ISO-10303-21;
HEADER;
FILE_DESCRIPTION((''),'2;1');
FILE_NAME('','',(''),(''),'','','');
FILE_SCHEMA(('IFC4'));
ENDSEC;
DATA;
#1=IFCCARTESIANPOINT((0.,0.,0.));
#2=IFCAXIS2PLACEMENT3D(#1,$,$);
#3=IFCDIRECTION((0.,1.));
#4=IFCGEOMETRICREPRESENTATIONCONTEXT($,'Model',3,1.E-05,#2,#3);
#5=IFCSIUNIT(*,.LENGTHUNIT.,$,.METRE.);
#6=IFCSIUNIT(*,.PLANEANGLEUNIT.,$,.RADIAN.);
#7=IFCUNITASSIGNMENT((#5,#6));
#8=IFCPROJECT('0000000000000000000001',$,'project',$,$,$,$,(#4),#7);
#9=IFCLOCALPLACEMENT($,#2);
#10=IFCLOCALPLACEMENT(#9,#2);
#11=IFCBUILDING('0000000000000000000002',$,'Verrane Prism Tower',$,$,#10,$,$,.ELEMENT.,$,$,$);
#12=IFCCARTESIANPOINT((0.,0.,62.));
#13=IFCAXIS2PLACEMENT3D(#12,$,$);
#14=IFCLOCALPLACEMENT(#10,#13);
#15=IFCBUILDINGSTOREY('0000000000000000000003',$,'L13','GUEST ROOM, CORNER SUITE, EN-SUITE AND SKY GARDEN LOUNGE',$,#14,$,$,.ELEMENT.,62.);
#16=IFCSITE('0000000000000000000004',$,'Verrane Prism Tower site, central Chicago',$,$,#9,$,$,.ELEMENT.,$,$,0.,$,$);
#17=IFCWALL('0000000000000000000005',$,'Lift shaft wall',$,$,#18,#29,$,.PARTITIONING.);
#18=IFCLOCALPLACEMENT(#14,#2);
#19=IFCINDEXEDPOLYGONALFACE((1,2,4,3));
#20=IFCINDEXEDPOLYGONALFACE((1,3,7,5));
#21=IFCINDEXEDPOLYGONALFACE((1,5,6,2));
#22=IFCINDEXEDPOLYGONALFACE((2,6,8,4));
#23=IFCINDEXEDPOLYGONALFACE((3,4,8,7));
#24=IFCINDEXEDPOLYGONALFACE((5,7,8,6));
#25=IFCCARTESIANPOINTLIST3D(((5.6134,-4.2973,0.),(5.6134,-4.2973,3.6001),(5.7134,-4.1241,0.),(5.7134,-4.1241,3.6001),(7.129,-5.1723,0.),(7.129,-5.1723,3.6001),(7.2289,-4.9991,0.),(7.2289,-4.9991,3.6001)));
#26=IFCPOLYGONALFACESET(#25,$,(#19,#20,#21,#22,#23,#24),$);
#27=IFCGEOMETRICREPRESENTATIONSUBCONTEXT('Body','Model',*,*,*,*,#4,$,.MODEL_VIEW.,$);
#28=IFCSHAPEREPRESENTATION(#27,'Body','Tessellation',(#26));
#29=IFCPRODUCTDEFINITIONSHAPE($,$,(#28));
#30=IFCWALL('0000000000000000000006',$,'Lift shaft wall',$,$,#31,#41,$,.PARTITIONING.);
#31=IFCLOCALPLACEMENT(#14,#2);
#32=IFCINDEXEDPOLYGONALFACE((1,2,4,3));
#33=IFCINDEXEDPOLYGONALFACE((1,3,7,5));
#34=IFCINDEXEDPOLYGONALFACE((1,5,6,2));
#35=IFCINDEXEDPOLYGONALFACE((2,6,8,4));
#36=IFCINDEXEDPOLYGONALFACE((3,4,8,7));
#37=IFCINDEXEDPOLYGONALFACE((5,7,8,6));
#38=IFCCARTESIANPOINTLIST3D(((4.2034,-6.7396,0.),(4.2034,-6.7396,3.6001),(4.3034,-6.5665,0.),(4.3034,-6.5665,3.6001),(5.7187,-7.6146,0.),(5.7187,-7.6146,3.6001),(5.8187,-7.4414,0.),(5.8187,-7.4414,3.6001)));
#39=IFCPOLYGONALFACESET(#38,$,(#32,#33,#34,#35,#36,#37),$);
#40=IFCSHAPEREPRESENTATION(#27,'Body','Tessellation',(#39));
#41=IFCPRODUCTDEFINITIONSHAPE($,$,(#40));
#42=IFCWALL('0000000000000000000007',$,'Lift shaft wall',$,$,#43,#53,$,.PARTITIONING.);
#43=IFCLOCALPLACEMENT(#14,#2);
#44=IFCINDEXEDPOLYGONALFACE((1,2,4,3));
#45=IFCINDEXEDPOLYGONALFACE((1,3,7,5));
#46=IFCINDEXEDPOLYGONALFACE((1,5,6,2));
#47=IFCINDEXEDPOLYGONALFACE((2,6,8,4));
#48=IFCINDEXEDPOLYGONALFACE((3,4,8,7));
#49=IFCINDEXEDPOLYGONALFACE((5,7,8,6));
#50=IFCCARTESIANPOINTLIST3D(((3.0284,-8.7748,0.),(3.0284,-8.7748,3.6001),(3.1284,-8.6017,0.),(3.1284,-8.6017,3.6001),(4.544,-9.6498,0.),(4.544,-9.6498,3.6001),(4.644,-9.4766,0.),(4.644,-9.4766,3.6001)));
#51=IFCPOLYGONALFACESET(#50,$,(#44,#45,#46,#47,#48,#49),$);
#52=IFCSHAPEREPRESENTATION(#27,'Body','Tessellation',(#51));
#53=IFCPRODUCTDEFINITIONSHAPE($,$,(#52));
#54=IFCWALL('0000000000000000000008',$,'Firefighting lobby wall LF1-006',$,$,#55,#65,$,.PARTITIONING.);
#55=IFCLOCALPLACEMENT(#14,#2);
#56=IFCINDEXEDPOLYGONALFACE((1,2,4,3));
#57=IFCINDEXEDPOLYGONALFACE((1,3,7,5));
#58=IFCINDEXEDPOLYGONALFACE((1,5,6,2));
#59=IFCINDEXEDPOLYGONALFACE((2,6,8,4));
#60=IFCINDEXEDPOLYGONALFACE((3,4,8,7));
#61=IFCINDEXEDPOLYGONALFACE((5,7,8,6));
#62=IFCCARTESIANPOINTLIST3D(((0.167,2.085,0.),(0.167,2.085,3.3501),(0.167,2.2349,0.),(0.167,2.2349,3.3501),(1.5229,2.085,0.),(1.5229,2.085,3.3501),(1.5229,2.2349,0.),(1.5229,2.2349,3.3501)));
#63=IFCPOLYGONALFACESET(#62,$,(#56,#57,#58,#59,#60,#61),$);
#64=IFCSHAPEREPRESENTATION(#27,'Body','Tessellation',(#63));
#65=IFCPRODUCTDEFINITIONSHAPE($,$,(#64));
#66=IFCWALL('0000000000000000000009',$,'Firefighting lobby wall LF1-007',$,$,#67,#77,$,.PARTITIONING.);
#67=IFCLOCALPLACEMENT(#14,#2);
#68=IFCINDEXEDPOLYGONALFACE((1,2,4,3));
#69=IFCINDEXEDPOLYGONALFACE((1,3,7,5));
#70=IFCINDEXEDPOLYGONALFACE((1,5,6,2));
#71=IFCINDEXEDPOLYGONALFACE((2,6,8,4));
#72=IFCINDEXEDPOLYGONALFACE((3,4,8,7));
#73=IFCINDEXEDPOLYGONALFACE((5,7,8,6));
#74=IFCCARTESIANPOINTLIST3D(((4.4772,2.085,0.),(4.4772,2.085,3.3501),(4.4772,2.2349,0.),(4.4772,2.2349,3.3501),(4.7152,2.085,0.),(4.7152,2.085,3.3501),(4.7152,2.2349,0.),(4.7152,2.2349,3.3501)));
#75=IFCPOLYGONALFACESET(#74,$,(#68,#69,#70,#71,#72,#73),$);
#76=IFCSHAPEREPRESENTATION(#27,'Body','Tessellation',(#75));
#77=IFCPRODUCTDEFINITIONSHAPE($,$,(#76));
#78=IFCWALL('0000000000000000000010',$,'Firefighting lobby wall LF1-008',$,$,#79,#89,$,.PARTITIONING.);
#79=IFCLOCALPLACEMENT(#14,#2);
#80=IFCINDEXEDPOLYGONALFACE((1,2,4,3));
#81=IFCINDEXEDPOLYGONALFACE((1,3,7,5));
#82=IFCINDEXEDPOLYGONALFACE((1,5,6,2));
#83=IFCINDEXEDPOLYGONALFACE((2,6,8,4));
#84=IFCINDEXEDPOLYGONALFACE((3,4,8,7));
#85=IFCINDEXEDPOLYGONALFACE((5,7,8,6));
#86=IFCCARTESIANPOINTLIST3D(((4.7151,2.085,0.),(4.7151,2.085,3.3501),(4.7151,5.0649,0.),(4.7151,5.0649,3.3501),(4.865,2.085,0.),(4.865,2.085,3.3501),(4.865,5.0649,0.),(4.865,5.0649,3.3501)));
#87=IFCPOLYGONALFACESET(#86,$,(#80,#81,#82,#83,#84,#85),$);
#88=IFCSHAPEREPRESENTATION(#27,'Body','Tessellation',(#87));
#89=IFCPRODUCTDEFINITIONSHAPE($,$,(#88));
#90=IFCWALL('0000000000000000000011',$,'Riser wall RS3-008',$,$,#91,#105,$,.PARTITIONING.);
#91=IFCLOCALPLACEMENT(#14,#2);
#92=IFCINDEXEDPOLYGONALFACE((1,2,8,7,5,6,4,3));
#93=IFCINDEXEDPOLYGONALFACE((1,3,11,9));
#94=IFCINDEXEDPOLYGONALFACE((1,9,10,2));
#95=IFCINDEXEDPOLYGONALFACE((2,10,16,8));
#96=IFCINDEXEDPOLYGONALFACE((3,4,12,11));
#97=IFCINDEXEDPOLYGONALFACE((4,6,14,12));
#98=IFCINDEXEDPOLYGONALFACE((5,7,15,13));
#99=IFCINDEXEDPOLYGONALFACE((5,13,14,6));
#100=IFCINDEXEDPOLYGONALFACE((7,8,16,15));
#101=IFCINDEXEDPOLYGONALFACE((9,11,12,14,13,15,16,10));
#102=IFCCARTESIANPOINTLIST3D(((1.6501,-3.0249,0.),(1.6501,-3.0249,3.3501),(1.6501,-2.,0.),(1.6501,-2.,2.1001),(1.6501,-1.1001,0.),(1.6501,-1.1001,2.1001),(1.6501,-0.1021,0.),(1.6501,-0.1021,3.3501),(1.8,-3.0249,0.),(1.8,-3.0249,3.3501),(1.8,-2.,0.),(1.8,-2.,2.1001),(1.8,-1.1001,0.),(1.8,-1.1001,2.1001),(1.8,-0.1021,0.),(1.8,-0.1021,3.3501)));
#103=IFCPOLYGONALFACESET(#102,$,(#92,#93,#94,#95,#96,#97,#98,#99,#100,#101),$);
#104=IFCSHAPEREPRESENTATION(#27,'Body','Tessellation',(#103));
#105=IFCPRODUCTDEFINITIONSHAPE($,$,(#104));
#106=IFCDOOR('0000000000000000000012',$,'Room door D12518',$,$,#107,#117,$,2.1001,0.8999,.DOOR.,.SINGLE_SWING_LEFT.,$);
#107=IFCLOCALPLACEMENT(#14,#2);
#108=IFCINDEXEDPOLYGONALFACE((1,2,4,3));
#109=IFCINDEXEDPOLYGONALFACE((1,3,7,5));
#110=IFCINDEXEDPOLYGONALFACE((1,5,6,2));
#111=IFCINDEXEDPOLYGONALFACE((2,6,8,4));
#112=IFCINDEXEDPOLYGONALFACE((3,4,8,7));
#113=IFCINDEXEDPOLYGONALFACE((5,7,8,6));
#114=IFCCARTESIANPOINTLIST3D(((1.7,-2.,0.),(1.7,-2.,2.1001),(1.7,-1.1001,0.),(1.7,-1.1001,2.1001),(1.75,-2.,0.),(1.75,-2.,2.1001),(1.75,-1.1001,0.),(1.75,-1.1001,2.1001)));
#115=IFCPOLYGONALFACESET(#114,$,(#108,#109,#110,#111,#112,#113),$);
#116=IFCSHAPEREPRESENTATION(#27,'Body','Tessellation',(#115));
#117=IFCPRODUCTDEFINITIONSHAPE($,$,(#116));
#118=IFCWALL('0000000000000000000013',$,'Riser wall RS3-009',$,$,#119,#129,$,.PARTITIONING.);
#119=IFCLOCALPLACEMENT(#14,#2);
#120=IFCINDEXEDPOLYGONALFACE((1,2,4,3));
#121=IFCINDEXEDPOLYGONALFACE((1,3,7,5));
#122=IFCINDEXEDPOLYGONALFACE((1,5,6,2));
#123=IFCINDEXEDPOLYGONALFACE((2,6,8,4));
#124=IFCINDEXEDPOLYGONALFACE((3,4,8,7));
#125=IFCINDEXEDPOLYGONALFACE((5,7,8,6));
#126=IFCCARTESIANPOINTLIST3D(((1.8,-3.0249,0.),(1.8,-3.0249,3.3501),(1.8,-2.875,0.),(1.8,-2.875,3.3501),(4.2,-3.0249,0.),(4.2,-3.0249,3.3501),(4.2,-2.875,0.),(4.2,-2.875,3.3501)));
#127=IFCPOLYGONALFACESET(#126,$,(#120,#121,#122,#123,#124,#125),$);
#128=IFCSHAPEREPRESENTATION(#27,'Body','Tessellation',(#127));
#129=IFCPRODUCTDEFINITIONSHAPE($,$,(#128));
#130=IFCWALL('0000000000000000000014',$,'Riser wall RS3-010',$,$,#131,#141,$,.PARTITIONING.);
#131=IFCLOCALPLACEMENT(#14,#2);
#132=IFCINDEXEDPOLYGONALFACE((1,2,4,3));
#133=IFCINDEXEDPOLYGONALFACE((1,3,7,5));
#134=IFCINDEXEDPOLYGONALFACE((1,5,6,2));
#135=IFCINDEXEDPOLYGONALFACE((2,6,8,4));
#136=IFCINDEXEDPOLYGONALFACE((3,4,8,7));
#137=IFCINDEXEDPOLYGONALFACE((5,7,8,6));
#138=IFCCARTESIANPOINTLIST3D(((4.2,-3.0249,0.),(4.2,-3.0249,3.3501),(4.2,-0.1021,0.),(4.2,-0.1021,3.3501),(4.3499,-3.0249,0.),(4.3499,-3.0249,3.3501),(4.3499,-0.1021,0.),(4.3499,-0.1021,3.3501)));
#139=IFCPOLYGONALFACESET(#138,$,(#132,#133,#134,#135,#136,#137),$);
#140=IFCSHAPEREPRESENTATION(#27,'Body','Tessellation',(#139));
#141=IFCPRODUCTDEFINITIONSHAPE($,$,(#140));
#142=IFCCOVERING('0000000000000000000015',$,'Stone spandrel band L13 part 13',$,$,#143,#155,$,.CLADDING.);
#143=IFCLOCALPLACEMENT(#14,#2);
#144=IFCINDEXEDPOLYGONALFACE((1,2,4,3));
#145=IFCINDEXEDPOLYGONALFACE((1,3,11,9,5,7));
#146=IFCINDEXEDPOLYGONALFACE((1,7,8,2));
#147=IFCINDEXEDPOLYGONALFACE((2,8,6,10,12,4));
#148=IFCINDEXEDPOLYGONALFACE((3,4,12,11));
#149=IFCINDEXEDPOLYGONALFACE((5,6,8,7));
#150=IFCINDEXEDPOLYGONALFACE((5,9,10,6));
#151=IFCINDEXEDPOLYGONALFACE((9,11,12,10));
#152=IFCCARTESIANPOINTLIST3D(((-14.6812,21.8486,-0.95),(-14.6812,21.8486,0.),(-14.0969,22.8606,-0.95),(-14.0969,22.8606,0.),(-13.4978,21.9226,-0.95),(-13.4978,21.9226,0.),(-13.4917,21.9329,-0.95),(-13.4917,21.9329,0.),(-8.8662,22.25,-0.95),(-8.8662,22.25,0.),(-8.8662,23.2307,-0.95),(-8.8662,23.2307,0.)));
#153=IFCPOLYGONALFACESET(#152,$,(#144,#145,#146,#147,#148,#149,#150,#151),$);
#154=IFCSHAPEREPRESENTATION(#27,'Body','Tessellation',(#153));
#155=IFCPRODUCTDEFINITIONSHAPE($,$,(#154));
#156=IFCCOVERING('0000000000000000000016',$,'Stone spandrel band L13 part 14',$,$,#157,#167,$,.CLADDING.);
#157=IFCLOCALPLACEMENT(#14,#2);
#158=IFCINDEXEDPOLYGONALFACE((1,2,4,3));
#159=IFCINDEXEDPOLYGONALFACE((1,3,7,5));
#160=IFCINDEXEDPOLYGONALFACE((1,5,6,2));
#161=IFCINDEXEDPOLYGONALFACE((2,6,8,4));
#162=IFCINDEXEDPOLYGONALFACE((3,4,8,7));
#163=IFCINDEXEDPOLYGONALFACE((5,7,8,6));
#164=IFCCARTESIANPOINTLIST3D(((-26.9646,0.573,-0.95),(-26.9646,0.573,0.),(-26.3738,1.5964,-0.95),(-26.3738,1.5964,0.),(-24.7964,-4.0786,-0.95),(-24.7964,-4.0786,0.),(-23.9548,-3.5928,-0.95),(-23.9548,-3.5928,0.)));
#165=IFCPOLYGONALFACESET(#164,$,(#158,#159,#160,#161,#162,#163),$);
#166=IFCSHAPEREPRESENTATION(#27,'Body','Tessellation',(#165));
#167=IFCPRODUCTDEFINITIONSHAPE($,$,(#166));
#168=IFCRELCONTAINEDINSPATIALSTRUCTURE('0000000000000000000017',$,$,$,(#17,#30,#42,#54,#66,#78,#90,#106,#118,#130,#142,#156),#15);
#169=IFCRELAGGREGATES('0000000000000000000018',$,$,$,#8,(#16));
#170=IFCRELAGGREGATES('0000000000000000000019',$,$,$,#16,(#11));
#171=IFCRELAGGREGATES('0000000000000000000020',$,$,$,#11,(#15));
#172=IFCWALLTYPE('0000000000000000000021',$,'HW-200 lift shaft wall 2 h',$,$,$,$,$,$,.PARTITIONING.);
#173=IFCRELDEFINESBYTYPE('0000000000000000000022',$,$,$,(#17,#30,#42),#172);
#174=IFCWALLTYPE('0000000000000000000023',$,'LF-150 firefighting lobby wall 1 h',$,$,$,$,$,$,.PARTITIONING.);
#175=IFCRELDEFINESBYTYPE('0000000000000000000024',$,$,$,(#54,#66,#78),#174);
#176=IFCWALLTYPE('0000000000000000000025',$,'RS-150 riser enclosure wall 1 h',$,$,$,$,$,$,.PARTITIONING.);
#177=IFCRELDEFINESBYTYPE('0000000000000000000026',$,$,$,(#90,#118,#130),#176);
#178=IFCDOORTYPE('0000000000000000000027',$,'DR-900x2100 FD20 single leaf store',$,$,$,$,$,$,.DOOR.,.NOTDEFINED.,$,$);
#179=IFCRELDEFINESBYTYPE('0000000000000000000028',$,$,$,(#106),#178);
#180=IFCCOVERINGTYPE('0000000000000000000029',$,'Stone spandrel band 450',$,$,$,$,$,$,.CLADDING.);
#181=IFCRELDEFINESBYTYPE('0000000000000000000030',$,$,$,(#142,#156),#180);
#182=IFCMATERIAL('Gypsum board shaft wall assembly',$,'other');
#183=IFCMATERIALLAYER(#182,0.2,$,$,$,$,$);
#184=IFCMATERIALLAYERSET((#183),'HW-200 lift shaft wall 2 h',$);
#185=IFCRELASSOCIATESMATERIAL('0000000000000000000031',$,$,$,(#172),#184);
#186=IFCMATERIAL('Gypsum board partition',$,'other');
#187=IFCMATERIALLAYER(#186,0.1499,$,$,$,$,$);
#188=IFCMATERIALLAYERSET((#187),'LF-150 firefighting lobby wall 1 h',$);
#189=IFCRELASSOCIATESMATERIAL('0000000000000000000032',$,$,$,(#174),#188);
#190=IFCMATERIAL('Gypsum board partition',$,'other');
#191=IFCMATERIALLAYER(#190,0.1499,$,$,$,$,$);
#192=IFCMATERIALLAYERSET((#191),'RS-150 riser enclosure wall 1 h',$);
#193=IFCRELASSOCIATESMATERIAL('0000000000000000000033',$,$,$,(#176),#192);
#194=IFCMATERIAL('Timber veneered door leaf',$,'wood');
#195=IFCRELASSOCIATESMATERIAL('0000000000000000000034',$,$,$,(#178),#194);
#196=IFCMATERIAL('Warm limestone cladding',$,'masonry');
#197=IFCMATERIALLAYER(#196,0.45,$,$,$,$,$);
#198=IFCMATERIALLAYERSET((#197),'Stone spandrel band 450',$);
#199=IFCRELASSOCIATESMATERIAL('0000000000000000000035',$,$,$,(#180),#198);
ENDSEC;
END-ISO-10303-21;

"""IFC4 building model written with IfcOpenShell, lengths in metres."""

from ifc_helpers import new_model, si_unit, direction, frame, frame_2d, origin, place, context, subcontext, project, spatial, polyline, rectangle, outline, extrude, material, layer, layer_set, type_object, element, fill, save


model = new_model("IFC4")

# Units and contexts
model_context = context("Model", 3, precision=1e-05, world=origin(), true_north=direction((0.0, 1.0)))
body_context = subcontext(model_context, "Body", "Model", "MODEL_VIEW")
ifc_project = project(units=[si_unit("LENGTHUNIT", "METRE"), si_unit("PLANEANGLEUNIT", "RADIAN")], contexts=[model_context])

# Site, building, storey
site_placement = place(None, origin())
site = spatial("IfcSite", under=ifc_project, at=site_placement, Name="Verrane Prism Tower site, central Chicago", CompositionType="ELEMENT", RefElevation=0.0)
building_placement = place(site_placement, origin())
building = spatial("IfcBuilding", under=site, at=building_placement, Name="Verrane Prism Tower", CompositionType="ELEMENT")
storey_placement = place(building_placement, frame((0.0, 0.0, 62.0)))
storey = spatial("IfcBuildingStorey", under=building, at=storey_placement, Name="L13", Description="GUEST ROOM, CORNER SUITE, EN-SUITE AND SKY GARDEN LOUNGE", CompositionType="ELEMENT", Elevation=62.0)

# Shared definitions
ifc_material_1 = material(Name="Gypsum board shaft wall assembly", Category="other")
ifc_layer_1 = layer(ifc_material_1, 0.2)
ifc_layer_set_1 = layer_set([ifc_layer_1], Name="HW-200 lift shaft wall 2 h")
wall_type_1 = type_object("IfcWallType", Name="HW-200 lift shaft wall 2 h", PredefinedType="PARTITIONING", material=ifc_layer_set_1)

# Walls
wall_1_placement = place(storey_placement, frame((7.179, -5.0857, 0.0), z_axis=(0.0, 0.0, 1.0), x_axis=(-0.866037, 0.49998, 0.0)))
element("IfcWall", 1, at=wall_1_placement, inside=storey, type_object=wall_type_1, Name="Lift shaft wall", PredefinedType="PARTITIONING", context=body_context, shape_type="SweptSolid", body=[
    extrude(rectangle(XDim=1.75, YDim=0.2, at=frame_2d((0.875, 0.0))), origin(), (0.0, 0.0, 1.0), 3.6001),
])
wall_2_placement = place(storey_placement, frame((5.7688, -7.5281, 0.0), z_axis=(0.0, 0.0, 1.0), x_axis=(-0.866002, 0.50004, 0.0)))
element("IfcWall", 2, at=wall_2_placement, inside=storey, type_object=wall_type_1, Name="Lift shaft wall", PredefinedType="PARTITIONING", context=body_context, shape_type="SweptSolid", body=[
    extrude(rectangle(XDim=1.7498, YDim=0.2, at=frame_2d((0.875, 0.0))), origin(), (0.0, 0.0, 1.0), 3.6001),
])
wall_3_placement = place(storey_placement, frame((4.594, -9.5632, 0.0), z_axis=(0.0, 0.0, 1.0), x_axis=(-0.866037, 0.49998, 0.0)))
element("IfcWall", 3, at=wall_3_placement, inside=storey, type_object=wall_type_1, Name="Lift shaft wall", PredefinedType="PARTITIONING", context=body_context, shape_type="SweptSolid", body=[
    extrude(rectangle(XDim=1.75, YDim=0.2, at=frame_2d((0.875, 0.0))), origin(), (0.0, 0.0, 1.0), 3.6001),
])
ifc_material_2 = material(Name="Gypsum board partition", Category="other")
ifc_layer_2 = layer(ifc_material_2, 0.1499)
ifc_layer_set_2 = layer_set([ifc_layer_2], Name="LF-150 firefighting lobby wall 1 h")
wall_type_2 = type_object("IfcWallType", Name="LF-150 firefighting lobby wall 1 h", PredefinedType="PARTITIONING", material=ifc_layer_set_2)
wall_4_placement = place(storey_placement, frame((0.167, 2.1599, 0.0), z_axis=(0.0, 0.0, 1.0), x_axis=(1.0, 0.0, 0.0)))
element("IfcWall", 4, at=wall_4_placement, inside=storey, type_object=wall_type_2, Name="Firefighting lobby wall LF1-006", PredefinedType="PARTITIONING", context=body_context, shape_type="SweptSolid", body=[
    extrude(rectangle(XDim=1.356, YDim=0.1499, at=frame_2d((0.678, 0.0))), origin(), (0.0, 0.0, 1.0), 3.3501),
])
wall_5_placement = place(storey_placement, frame((4.4771, 2.1599, 0.0), z_axis=(0.0, 0.0, 1.0), x_axis=(1.0, 0.0, 0.0)))
element("IfcWall", 5, at=wall_5_placement, inside=storey, type_object=wall_type_2, Name="Firefighting lobby wall LF1-007", PredefinedType="PARTITIONING", context=body_context, shape_type="SweptSolid", body=[
    extrude(rectangle(XDim=0.238, YDim=0.1499, at=frame_2d((0.1191, 0.0))), origin(), (0.0, 0.0, 1.0), 3.3501),
])
wall_6_placement = place(storey_placement, frame((4.79, 2.085, 0.0), z_axis=(0.0, 0.0, 1.0), x_axis=(0.0, 1.0, 0.0)))
element("IfcWall", 6, at=wall_6_placement, inside=storey, type_object=wall_type_2, Name="Firefighting lobby wall LF1-008", PredefinedType="PARTITIONING", context=body_context, shape_type="SweptSolid", body=[
    extrude(rectangle(XDim=2.98, YDim=0.1499, at=frame_2d((1.49, 0.0))), origin(), (0.0, 0.0, 1.0), 3.3501),
])

# Wall, opening, door
ifc_material_3 = material(Name="Gypsum board partition", Category="other")
ifc_layer_3 = layer(ifc_material_3, 0.1499)
ifc_layer_set_3 = layer_set([ifc_layer_3], Name="RS-150 riser enclosure wall 1 h")
wall_type_3 = type_object("IfcWallType", Name="RS-150 riser enclosure wall 1 h", PredefinedType="PARTITIONING", material=ifc_layer_set_3)
wall_7_placement = place(storey_placement, frame((1.7251, -0.1021, 0.0), z_axis=(0.0, 0.0, 1.0), x_axis=(0.0, -1.0, 0.0)))
wall_7 = element("IfcWall", 7, at=wall_7_placement, inside=storey, type_object=wall_type_3, Name="Riser wall RS3-008", PredefinedType="PARTITIONING", context=body_context, shape_type="SweptSolid", body=[
    extrude(rectangle(XDim=2.9229, YDim=0.1499, at=frame_2d((1.4614, 0.0))), origin(), (0.0, 0.0, 1.0), 3.3501),
])
opening_1_placement = place(wall_7_placement, frame((0.998, 0.0, 0.0)))
opening_1 = element("IfcOpeningElement", 8, at=opening_1_placement, cuts=wall_7, PredefinedType="OPENING", context=body_context, shape_type="SweptSolid", body=[
    extrude(rectangle(XDim=0.8999, YDim=2.1001, at=frame_2d((0.45, 1.05))), frame((0.0, 0.085, 0.0), z_axis=(0.0, -1.0, 0.0), x_axis=(1.0, 0.0, 0.0)), (0.0, 0.0, 1.0), 0.1699),
])
ifc_material_4 = material(Name="Timber veneered door leaf", Category="wood")
door_type_1 = type_object("IfcDoorType", Name="DR-900x2100 FD20 single leaf store", OperationType="NOTDEFINED", PredefinedType="DOOR", material=ifc_material_4)
door_1_placement = place(opening_1_placement, origin())
door_1 = element("IfcDoor", 9, at=door_1_placement, inside=storey, type_object=door_type_1, Name="Room door D12518", OperationType="SINGLE_SWING_LEFT", OverallHeight=2.1001, OverallWidth=0.8999, PredefinedType="DOOR", context=body_context, shape_type="SweptSolid", body=[
    extrude(rectangle(XDim=0.8999, YDim=2.1001, at=frame_2d((0.45, 1.05))), frame((0.0, 0.0249, 0.0), z_axis=(0.0, -1.0, 0.0), x_axis=(1.0, 0.0, 0.0)), (0.0, 0.0, 1.0), 0.05),
])
fill(opening_1, door_1)

# Walls
wall_8_placement = place(storey_placement, frame((1.8, -2.95, 0.0), z_axis=(0.0, 0.0, 1.0), x_axis=(1.0, 0.0, 0.0)))
element("IfcWall", 10, at=wall_8_placement, inside=storey, type_object=wall_type_3, Name="Riser wall RS3-009", PredefinedType="PARTITIONING", context=body_context, shape_type="SweptSolid", body=[
    extrude(rectangle(XDim=2.3999, YDim=0.1499, at=frame_2d((1.2, 0.0))), origin(), (0.0, 0.0, 1.0), 3.3501),
])
wall_9_placement = place(storey_placement, frame((4.2749, -3.0249, 0.0), z_axis=(0.0, 0.0, 1.0), x_axis=(0.0, 1.0, 0.0)))
element("IfcWall", 11, at=wall_9_placement, inside=storey, type_object=wall_type_3, Name="Riser wall RS3-010", PredefinedType="PARTITIONING", context=body_context, shape_type="SweptSolid", body=[
    extrude(rectangle(XDim=2.9229, YDim=0.1499, at=frame_2d((1.4614, 0.0))), origin(), (0.0, 0.0, 1.0), 3.3501),
])

# Coverings
ifc_material_5 = material(Name="Warm limestone cladding", Category="masonry")
ifc_layer_4 = layer(ifc_material_5, 0.45)
ifc_layer_set_4 = layer_set([ifc_layer_4], Name="Stone spandrel band 450")
covering_type = type_object("IfcCoveringType", Name="Stone spandrel band 450", PredefinedType="CLADDING", material=ifc_layer_set_4)
covering_1_placement = place(storey_placement, frame((0.0, 0.0, -0.95)))
element("IfcCovering", 12, at=covering_1_placement, inside=storey, type_object=covering_type, Name="Stone spandrel band L13 part 13", PredefinedType="CLADDING", context=body_context, shape_type="SweptSolid", body=[
    extrude(outline(polyline([(-8.8662, 22.25), (-8.8662, 23.2307), (-14.0969, 22.8606), (-14.6812, 21.8486), (-13.4917, 21.9329), (-13.4978, 21.9226), (-8.8662, 22.25)])), origin(), (0.0, 0.0, 1.0), 0.95),
])
covering_2_placement = place(storey_placement, frame((0.0, 0.0, -0.95)))
element("IfcCovering", 13, at=covering_2_placement, inside=storey, type_object=covering_type, Name="Stone spandrel band L13 part 14", PredefinedType="CLADDING", context=body_context, shape_type="SweptSolid", body=[
    extrude(outline(polyline([(-23.9548, -3.5928), (-26.3738, 1.5964), (-26.9646, 0.573), (-24.7964, -4.0786), (-23.9548, -3.5928)])), origin(), (0.0, 0.0, 1.0), 0.95),
])

save(model, "model.ifc")
